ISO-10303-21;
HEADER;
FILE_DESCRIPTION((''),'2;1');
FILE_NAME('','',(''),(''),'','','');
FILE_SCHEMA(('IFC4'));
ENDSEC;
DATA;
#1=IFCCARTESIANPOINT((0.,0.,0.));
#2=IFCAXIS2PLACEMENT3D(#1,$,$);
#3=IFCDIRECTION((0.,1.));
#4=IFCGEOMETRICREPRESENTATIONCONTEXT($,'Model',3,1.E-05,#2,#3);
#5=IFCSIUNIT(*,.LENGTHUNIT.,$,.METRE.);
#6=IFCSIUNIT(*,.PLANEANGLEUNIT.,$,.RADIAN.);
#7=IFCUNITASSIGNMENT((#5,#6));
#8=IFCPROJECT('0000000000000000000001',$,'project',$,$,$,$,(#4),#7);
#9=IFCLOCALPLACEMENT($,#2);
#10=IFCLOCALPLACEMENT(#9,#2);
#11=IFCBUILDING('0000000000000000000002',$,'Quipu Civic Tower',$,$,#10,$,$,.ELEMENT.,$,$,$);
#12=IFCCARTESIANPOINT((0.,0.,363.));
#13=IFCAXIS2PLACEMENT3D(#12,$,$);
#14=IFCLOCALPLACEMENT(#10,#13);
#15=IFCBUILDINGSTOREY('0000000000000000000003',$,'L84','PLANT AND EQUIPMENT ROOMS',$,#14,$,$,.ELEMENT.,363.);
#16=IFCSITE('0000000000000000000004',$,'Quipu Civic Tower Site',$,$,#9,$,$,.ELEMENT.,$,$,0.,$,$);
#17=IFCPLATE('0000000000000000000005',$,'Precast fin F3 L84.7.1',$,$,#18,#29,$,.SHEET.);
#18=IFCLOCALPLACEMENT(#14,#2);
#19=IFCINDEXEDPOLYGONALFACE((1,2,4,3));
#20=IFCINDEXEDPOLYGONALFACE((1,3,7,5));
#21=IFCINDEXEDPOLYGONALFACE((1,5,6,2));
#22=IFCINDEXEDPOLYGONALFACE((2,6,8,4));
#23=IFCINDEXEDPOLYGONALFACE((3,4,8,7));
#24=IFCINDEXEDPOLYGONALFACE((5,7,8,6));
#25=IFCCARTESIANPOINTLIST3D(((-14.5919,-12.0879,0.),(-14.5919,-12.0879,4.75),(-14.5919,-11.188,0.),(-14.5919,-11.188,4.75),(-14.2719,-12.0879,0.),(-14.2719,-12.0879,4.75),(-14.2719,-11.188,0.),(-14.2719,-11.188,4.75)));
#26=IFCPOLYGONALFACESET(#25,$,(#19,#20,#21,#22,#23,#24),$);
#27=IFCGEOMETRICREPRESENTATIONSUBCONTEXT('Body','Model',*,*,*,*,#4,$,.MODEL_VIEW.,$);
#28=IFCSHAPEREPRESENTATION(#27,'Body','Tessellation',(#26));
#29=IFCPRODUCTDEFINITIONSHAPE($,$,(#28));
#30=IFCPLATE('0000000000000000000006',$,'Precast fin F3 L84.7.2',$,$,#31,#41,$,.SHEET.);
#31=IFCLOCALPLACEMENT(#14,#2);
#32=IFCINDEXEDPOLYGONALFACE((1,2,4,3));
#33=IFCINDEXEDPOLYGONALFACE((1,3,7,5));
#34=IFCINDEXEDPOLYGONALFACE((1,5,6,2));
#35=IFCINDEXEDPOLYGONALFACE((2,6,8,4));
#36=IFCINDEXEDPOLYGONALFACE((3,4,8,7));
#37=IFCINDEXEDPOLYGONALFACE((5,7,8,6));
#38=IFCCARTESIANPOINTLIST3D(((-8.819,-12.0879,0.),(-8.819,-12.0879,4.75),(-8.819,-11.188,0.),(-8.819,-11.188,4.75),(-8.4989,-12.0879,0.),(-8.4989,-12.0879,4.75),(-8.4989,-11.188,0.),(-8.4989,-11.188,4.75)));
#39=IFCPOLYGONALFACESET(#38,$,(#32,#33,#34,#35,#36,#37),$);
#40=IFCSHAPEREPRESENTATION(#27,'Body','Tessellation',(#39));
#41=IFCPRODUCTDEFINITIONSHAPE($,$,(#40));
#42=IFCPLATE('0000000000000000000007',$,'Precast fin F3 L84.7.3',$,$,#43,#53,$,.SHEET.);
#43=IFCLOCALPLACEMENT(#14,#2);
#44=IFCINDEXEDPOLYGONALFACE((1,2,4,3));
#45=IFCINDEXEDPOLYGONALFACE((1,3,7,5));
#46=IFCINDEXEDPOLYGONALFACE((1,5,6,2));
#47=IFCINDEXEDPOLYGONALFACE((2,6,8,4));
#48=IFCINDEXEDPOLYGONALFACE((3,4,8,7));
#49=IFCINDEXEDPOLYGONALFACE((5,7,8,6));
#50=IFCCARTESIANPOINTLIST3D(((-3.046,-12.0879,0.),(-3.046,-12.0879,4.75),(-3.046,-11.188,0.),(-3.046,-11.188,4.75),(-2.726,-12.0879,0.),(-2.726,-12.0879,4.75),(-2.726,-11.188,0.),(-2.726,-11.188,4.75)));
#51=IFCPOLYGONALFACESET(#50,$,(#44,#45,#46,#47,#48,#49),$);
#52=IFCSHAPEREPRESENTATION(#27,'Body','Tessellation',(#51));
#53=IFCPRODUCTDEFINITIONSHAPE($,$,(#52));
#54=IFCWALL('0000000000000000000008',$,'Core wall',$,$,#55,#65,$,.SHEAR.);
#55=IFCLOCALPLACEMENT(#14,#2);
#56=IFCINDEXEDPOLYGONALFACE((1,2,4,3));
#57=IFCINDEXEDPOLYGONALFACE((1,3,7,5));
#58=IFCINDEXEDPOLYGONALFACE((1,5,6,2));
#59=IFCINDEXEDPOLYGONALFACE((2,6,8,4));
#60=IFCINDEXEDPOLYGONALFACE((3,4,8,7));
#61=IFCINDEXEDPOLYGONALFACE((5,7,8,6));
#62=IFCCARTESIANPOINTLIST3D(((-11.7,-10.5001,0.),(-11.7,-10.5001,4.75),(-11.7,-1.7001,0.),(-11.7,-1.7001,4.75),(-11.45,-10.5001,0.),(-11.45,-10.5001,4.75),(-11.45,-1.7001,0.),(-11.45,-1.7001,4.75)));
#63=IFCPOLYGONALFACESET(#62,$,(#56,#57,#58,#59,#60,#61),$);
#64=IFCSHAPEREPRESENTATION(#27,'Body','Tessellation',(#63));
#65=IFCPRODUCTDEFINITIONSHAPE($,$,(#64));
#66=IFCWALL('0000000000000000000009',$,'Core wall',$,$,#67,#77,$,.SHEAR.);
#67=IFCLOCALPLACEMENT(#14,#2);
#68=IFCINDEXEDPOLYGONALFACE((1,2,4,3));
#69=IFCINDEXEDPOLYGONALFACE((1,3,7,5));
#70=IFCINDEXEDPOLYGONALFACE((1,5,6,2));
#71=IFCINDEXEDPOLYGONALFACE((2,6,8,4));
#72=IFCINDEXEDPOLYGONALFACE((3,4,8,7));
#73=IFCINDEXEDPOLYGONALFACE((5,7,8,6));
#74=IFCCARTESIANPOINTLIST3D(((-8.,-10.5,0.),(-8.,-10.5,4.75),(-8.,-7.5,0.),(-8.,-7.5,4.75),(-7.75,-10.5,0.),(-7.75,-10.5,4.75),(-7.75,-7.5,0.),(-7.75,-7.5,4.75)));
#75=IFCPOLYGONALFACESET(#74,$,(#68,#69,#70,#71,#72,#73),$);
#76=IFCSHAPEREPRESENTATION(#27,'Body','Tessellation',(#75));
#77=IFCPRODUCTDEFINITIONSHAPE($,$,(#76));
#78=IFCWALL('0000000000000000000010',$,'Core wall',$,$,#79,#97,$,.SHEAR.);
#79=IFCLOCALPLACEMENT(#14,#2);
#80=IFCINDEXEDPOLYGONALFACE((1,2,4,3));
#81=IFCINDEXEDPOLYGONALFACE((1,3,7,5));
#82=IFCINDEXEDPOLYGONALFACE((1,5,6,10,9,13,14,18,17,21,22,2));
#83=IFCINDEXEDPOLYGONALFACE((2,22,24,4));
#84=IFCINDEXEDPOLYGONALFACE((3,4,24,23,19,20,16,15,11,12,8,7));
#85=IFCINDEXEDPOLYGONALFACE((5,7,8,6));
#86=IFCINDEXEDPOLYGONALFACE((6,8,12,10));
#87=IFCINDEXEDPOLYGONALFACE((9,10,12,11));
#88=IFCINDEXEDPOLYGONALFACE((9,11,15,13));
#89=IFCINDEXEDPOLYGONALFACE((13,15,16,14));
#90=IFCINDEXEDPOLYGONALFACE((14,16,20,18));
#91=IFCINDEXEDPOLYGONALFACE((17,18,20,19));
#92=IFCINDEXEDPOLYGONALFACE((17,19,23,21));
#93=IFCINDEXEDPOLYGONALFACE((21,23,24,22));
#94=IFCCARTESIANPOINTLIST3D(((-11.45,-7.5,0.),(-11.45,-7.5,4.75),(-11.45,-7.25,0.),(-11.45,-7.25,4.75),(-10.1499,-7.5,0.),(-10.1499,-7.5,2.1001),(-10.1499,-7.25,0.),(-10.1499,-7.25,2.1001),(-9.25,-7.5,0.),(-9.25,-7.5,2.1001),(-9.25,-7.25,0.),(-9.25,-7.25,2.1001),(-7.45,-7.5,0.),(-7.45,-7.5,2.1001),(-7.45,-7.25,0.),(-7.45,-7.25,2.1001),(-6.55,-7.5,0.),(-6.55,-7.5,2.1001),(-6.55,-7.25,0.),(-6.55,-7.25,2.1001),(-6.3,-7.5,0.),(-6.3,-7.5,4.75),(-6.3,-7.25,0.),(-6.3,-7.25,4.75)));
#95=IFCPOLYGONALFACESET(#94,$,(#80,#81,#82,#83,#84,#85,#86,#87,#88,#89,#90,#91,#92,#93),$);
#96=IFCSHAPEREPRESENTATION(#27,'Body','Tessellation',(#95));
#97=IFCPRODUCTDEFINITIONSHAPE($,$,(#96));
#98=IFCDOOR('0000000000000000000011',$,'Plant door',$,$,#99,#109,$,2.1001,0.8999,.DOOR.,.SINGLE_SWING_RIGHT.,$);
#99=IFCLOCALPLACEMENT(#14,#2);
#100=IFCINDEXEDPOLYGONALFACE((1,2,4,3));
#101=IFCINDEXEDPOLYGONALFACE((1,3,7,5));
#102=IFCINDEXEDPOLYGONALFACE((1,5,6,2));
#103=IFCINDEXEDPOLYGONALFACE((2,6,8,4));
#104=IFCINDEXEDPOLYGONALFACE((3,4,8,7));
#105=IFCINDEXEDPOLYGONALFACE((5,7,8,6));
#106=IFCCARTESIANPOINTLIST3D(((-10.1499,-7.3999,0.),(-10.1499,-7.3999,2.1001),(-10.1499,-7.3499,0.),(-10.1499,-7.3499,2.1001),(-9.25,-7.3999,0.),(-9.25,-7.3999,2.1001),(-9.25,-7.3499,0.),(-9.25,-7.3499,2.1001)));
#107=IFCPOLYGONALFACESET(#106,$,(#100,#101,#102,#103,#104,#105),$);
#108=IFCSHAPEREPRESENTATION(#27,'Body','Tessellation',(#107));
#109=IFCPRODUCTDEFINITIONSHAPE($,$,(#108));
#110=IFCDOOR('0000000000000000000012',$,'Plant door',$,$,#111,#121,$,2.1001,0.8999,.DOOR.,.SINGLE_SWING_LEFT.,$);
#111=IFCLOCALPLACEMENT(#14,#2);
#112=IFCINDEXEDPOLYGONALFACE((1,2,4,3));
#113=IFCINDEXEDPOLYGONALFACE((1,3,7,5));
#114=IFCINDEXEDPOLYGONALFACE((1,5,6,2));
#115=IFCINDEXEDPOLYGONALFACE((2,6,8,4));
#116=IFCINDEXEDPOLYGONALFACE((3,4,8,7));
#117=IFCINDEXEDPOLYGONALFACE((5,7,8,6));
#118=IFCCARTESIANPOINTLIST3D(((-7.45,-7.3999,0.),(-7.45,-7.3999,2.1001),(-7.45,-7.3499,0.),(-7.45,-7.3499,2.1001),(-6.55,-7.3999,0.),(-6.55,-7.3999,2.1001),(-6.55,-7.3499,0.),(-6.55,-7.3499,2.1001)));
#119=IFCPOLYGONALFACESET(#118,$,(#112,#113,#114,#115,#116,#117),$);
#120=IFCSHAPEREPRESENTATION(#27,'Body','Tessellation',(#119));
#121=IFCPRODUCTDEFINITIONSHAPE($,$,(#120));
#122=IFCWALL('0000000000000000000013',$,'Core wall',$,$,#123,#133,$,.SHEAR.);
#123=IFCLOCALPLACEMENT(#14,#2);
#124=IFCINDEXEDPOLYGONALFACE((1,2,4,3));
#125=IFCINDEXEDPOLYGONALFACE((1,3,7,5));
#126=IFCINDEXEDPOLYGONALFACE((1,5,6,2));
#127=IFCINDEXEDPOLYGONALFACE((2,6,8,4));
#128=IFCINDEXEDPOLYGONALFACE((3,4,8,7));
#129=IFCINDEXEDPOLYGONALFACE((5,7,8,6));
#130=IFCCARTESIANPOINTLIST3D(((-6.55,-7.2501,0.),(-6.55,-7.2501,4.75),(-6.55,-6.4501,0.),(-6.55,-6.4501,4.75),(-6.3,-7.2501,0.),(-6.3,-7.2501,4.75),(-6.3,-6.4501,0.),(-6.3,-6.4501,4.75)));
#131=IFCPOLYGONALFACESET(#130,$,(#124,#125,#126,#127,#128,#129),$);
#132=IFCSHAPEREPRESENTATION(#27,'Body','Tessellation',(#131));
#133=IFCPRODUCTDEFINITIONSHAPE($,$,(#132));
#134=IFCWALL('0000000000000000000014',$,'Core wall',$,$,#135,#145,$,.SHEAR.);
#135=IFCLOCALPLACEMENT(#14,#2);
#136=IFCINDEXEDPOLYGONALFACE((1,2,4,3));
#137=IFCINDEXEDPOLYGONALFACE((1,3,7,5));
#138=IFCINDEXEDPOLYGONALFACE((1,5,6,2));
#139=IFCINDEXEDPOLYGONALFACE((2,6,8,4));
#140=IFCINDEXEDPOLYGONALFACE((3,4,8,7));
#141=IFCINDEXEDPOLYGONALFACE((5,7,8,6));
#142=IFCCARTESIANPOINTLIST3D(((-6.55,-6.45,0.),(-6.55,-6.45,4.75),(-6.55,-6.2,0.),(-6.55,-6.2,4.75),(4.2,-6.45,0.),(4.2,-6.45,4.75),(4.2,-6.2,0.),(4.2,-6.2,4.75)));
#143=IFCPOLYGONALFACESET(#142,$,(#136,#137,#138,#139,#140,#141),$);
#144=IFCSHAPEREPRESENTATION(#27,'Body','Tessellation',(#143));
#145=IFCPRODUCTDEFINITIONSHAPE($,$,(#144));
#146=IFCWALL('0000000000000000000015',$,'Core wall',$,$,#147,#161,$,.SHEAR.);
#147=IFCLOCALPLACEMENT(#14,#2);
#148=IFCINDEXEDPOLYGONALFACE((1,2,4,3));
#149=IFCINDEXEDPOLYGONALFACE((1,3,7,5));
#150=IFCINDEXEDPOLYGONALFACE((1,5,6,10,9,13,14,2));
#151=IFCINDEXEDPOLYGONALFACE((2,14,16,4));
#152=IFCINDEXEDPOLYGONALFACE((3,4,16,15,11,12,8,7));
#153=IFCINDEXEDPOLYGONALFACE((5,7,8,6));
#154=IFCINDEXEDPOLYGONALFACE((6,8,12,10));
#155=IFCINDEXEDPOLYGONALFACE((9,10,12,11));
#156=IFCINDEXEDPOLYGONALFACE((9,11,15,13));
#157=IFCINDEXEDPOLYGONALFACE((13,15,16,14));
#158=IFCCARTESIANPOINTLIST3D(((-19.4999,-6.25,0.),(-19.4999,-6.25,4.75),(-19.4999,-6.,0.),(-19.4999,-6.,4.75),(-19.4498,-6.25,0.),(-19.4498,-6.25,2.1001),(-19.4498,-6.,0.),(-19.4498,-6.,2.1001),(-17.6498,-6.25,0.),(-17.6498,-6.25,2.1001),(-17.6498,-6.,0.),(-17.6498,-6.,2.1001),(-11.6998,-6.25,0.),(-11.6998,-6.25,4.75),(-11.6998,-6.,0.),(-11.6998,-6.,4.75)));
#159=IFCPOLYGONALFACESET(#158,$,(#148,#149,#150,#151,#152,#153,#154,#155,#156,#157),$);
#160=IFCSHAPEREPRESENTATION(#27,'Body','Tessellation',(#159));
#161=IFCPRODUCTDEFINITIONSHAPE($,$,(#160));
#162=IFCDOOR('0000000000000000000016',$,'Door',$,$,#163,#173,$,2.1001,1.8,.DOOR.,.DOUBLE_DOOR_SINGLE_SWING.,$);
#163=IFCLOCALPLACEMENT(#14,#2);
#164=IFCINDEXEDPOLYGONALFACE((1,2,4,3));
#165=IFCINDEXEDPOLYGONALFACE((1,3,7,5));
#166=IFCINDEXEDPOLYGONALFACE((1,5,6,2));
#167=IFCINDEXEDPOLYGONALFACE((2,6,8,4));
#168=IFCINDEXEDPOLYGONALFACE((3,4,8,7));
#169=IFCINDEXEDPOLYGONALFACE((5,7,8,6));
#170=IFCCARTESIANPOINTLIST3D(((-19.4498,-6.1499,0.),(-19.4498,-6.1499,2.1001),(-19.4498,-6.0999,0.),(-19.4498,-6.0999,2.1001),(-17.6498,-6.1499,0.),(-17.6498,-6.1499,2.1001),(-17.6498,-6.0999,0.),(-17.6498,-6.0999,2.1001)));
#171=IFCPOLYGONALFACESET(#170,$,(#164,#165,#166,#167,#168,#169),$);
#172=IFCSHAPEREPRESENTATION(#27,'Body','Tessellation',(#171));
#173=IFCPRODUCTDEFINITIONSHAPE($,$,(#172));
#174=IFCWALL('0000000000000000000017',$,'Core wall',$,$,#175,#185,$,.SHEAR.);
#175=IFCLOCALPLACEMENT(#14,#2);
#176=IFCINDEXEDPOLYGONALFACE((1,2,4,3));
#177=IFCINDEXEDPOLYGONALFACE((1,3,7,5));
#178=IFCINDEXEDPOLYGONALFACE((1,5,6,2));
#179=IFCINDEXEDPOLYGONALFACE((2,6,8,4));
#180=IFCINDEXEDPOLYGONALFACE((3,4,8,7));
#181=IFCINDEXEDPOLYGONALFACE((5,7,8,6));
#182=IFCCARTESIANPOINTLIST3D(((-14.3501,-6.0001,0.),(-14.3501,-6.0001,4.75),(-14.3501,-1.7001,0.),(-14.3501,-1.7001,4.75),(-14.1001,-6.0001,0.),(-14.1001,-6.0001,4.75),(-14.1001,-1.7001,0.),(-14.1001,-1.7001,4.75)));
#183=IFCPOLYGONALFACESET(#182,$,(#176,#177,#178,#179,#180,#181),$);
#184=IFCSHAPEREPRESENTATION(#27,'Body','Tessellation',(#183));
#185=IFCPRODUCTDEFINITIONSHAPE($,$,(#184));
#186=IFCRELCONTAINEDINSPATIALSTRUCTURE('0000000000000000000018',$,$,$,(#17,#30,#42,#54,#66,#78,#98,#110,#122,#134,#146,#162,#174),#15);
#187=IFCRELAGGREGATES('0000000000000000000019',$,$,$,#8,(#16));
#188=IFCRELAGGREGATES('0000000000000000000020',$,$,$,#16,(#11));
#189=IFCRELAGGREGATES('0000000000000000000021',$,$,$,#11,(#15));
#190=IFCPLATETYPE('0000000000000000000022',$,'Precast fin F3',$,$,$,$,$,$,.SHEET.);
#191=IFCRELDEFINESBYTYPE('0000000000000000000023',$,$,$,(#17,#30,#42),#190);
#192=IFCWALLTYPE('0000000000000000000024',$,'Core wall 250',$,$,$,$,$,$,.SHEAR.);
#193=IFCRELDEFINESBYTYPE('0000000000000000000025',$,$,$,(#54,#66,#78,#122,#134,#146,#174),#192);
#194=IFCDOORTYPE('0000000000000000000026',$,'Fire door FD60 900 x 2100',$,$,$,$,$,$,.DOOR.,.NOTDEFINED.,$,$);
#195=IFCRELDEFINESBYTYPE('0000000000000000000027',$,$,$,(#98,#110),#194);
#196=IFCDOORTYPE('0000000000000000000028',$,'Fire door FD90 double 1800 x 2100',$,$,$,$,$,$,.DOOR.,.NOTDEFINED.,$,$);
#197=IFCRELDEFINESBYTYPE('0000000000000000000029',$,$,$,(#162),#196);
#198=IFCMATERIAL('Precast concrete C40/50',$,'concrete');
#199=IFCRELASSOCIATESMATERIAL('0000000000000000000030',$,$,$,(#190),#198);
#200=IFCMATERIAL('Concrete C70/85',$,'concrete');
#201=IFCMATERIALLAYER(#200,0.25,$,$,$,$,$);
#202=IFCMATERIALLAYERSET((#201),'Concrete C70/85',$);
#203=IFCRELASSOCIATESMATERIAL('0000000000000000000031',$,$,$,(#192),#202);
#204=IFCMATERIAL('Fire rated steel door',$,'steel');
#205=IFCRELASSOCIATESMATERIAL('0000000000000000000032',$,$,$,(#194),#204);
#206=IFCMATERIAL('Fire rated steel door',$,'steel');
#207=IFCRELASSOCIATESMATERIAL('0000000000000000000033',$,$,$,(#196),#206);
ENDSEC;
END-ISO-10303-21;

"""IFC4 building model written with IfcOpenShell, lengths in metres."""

from ifc_helpers import new_model, si_unit, direction, frame, frame_2d, origin, origin_2d, place, context, subcontext, project, spatial, rectangle, extrude, material, layer, layer_set, type_object, element, fill, save


model = new_model("IFC4")

# Units and contexts
model_context = context("Model", 3, precision=1e-05, world=origin(), true_north=direction((0.0, 1.0)))
body_context = subcontext(model_context, "Body", "Model", "MODEL_VIEW")
ifc_project = project(units=[si_unit("LENGTHUNIT", "METRE"), si_unit("PLANEANGLEUNIT", "RADIAN")], contexts=[model_context])

# Site, building, storey
site_placement = place(None, origin())
site = spatial("IfcSite", under=ifc_project, at=site_placement, Name="Quipu Civic Tower Site", CompositionType="ELEMENT", RefElevation=0.0)
building_placement = place(site_placement, origin())
building = spatial("IfcBuilding", under=site, at=building_placement, Name="Quipu Civic Tower", CompositionType="ELEMENT")
storey_placement = place(building_placement, frame((0.0, 0.0, 363.0)))
storey = spatial("IfcBuildingStorey", under=building, at=storey_placement, Name="L84", Description="PLANT AND EQUIPMENT ROOMS", CompositionType="ELEMENT", Elevation=363.0)

# Plates
ifc_material_1 = material(Name="Precast concrete C40/50", Category="concrete")
plate_type = type_object("IfcPlateType", Name="Precast fin F3", PredefinedType="SHEET", material=ifc_material_1)
for number, where, z_axis, x_axis, name in (
    (1, (-14.4319, -11.6379, 0.0), (0.0, 0.0, 1.0), (1.0, 0.0, 0.0), "Precast fin F3 L84.7.1"),
    (2, (-8.6589, -11.6379, 0.0), (0.0, 0.0, 1.0), (1.0, 0.0, 0.0), "Precast fin F3 L84.7.2"),
    (3, (-2.886, -11.6379, 0.0), (0.0, 0.0, 1.0), (1.0, 0.0, 0.0), "Precast fin F3 L84.7.3"),
):
    element("IfcPlate", number, at=place(storey_placement, frame(where, z_axis=z_axis, x_axis=x_axis)), inside=storey, type_object=plate_type, Name=name, PredefinedType="SHEET", context=body_context, shape_type="SweptSolid", body=[
        extrude(rectangle(XDim=0.3201, YDim=0.8999, at=origin_2d()), origin(), (0.0, 0.0, 1.0), 4.75),
    ])

# Walls
ifc_material_2 = material(Name="Concrete C70/85", Category="concrete")
ifc_layer_1 = layer(ifc_material_2, 0.25)
ifc_layer_set_1 = layer_set([ifc_layer_1], Name="Concrete C70/85")
wall_type_1 = type_object("IfcWallType", Name="Core wall 250", PredefinedType="SHEAR", material=ifc_layer_set_1)
wall_1_placement = place(storey_placement, frame((-11.575, -10.5, 0.0), z_axis=(0.0, 0.0, 1.0), x_axis=(0.0, 1.0, 0.0)))
element("IfcWall", 4, at=wall_1_placement, inside=storey, type_object=wall_type_1, Name="Core wall", PredefinedType="SHEAR", context=body_context, shape_type="SweptSolid", body=[
    extrude(rectangle(XDim=8.8, YDim=0.25, at=frame_2d((4.3999, 0.0))), origin(), (0.0, 0.0, 1.0), 4.75),
])
wall_2_placement = place(storey_placement, frame((-7.875, -10.5, 0.0), z_axis=(0.0, 0.0, 1.0), x_axis=(0.0, 1.0, 0.0)))
element("IfcWall", 5, at=wall_2_placement, inside=storey, type_object=wall_type_1, Name="Core wall", PredefinedType="SHEAR", context=body_context, shape_type="SweptSolid", body=[
    extrude(rectangle(XDim=3.0, YDim=0.25, at=frame_2d((1.5, 0.0))), origin(), (0.0, 0.0, 1.0), 4.75),
])

# Wall, openings, doors
wall_3_placement = place(storey_placement, frame((-6.3, -7.375, 0.0), z_axis=(0.0, 0.0, 1.0), x_axis=(-1.0, 0.0, 0.0)))
wall_3 = element("IfcWall", 6, at=wall_3_placement, inside=storey, type_object=wall_type_1, Name="Core wall", PredefinedType="SHEAR", context=body_context, shape_type="SweptSolid", body=[
    extrude(rectangle(XDim=5.1499, YDim=0.25, at=frame_2d((2.575, 0.0))), origin(), (0.0, 0.0, 1.0), 4.75),
])
opening_1_placement = place(wall_3_placement, frame((2.95, 0.0, 0.0)))
opening_1 = element("IfcOpeningElement", 7, at=opening_1_placement, cuts=wall_3, PredefinedType="OPENING", context=body_context, shape_type="SweptSolid", body=[
    extrude(rectangle(XDim=0.8999, YDim=2.1001, at=frame_2d((0.45, 1.05))), frame((0.0, 0.135, 0.0), z_axis=(0.0, -1.0, 0.0), x_axis=(1.0, 0.0, 0.0)), (0.0, 0.0, 1.0), 0.27),
])
opening_2_placement = place(wall_3_placement, frame((0.25, 0.0, 0.0)))
opening_2 = element("IfcOpeningElement", 8, at=opening_2_placement, cuts=wall_3, PredefinedType="OPENING", context=body_context, shape_type="SweptSolid", body=[
    extrude(rectangle(XDim=0.8999, YDim=2.1001, at=frame_2d((0.45, 1.05))), frame((0.0, 0.135, 0.0), z_axis=(0.0, -1.0, 0.0), x_axis=(1.0, 0.0, 0.0)), (0.0, 0.0, 1.0), 0.27),
])
ifc_material_3 = material(Name="Fire rated steel door", Category="steel")
door_type_1 = type_object("IfcDoorType", Name="Fire door FD60 900 x 2100", OperationType="NOTDEFINED", PredefinedType="DOOR", material=ifc_material_3)
door_1_placement = place(opening_1_placement, origin())
door_1 = element("IfcDoor", 9, at=door_1_placement, inside=storey, type_object=door_type_1, Name="Plant door", OperationType="SINGLE_SWING_RIGHT", OverallHeight=2.1001, OverallWidth=0.8999, PredefinedType="DOOR", context=body_context, shape_type="SweptSolid", body=[
    extrude(rectangle(XDim=0.8999, YDim=2.1001, at=frame_2d((0.45, 1.05))), frame((0.0, 0.0249, 0.0), z_axis=(0.0, -1.0, 0.0), x_axis=(1.0, 0.0, 0.0)), (0.0, 0.0, 1.0), 0.05),
])
fill(opening_1, door_1)
door_2_placement = place(opening_2_placement, origin())
door_2 = element("IfcDoor", 10, at=door_2_placement, inside=storey, type_object=door_type_1, Name="Plant door", OperationType="SINGLE_SWING_LEFT", OverallHeight=2.1001, OverallWidth=0.8999, PredefinedType="DOOR", context=body_context, shape_type="SweptSolid", body=[
    extrude(rectangle(XDim=0.8999, YDim=2.1001, at=frame_2d((0.45, 1.05))), frame((0.0, 0.0249, 0.0), z_axis=(0.0, -1.0, 0.0), x_axis=(1.0, 0.0, 0.0)), (0.0, 0.0, 1.0), 0.05),
])
fill(opening_2, door_2)

# Walls
wall_4_placement = place(storey_placement, frame((-6.425, -7.25, 0.0), z_axis=(0.0, 0.0, 1.0), x_axis=(0.0, 1.0, 0.0)))
element("IfcWall", 11, at=wall_4_placement, inside=storey, type_object=wall_type_1, Name="Core wall", PredefinedType="SHEAR", context=body_context, shape_type="SweptSolid", body=[
    extrude(rectangle(XDim=0.8, YDim=0.25, at=frame_2d((0.3999, 0.0))), origin(), (0.0, 0.0, 1.0), 4.75),
])
wall_5_placement = place(storey_placement, frame((-6.55, -6.325, 0.0), z_axis=(0.0, 0.0, 1.0), x_axis=(1.0, 0.0, 0.0)))
element("IfcWall", 12, at=wall_5_placement, inside=storey, type_object=wall_type_1, Name="Core wall", PredefinedType="SHEAR", context=body_context, shape_type="SweptSolid", body=[
    extrude(rectangle(XDim=10.75, YDim=0.25, at=frame_2d((5.375, 0.0))), origin(), (0.0, 0.0, 1.0), 4.75),
])

# Wall, opening, door
wall_6_placement = place(storey_placement, frame((-11.7, -6.125, 0.0), z_axis=(0.0, 0.0, 1.0), x_axis=(-1.0, 0.0, 0.0)))
wall_6 = element("IfcWall", 13, at=wall_6_placement, inside=storey, type_object=wall_type_1, Name="Core wall", PredefinedType="SHEAR", context=body_context, shape_type="SweptSolid", body=[
    extrude(rectangle(XDim=7.8, YDim=0.25, at=frame_2d((3.8999, 0.0))), origin(), (0.0, 0.0, 1.0), 4.75),
])
opening_3_placement = place(wall_6_placement, frame((5.95, 0.0, 0.0)))
opening_3 = element("IfcOpeningElement", 14, at=opening_3_placement, cuts=wall_6, PredefinedType="OPENING", context=body_context, shape_type="SweptSolid", body=[
    extrude(rectangle(XDim=1.8, YDim=2.1001, at=frame_2d((0.8999, 1.05))), frame((0.0, 0.135, 0.0), z_axis=(0.0, -1.0, 0.0), x_axis=(1.0, 0.0, 0.0)), (0.0, 0.0, 1.0), 0.27),
])
ifc_material_4 = material(Name="Fire rated steel door", Category="steel")
door_type_2 = type_object("IfcDoorType", Name="Fire door FD90 double 1800 x 2100", OperationType="NOTDEFINED", PredefinedType="DOOR", material=ifc_material_4)
door_3_placement = place(opening_3_placement, origin())
door_3 = element("IfcDoor", 15, at=door_3_placement, inside=storey, type_object=door_type_2, Name="Door", OperationType="DOUBLE_DOOR_SINGLE_SWING", OverallHeight=2.1001, OverallWidth=1.8, PredefinedType="DOOR", context=body_context, shape_type="SweptSolid", body=[
    extrude(rectangle(XDim=1.8, YDim=2.1001, at=frame_2d((0.8999, 1.05))), frame((0.0, 0.0249, 0.0), z_axis=(0.0, -1.0, 0.0), x_axis=(1.0, 0.0, 0.0)), (0.0, 0.0, 1.0), 0.05),
])
fill(opening_3, door_3)

# Wall
wall_7_placement = place(storey_placement, frame((-14.2251, -6.0, 0.0), z_axis=(0.0, 0.0, 1.0), x_axis=(0.0, 1.0, 0.0)))
element("IfcWall", 16, at=wall_7_placement, inside=storey, type_object=wall_type_1, Name="Core wall", PredefinedType="SHEAR", context=body_context, shape_type="SweptSolid", body=[
    extrude(rectangle(XDim=4.3, YDim=0.25, at=frame_2d((2.1499, 0.0))), origin(), (0.0, 0.0, 1.0), 4.75),
])

save(model, "model.ifc")
